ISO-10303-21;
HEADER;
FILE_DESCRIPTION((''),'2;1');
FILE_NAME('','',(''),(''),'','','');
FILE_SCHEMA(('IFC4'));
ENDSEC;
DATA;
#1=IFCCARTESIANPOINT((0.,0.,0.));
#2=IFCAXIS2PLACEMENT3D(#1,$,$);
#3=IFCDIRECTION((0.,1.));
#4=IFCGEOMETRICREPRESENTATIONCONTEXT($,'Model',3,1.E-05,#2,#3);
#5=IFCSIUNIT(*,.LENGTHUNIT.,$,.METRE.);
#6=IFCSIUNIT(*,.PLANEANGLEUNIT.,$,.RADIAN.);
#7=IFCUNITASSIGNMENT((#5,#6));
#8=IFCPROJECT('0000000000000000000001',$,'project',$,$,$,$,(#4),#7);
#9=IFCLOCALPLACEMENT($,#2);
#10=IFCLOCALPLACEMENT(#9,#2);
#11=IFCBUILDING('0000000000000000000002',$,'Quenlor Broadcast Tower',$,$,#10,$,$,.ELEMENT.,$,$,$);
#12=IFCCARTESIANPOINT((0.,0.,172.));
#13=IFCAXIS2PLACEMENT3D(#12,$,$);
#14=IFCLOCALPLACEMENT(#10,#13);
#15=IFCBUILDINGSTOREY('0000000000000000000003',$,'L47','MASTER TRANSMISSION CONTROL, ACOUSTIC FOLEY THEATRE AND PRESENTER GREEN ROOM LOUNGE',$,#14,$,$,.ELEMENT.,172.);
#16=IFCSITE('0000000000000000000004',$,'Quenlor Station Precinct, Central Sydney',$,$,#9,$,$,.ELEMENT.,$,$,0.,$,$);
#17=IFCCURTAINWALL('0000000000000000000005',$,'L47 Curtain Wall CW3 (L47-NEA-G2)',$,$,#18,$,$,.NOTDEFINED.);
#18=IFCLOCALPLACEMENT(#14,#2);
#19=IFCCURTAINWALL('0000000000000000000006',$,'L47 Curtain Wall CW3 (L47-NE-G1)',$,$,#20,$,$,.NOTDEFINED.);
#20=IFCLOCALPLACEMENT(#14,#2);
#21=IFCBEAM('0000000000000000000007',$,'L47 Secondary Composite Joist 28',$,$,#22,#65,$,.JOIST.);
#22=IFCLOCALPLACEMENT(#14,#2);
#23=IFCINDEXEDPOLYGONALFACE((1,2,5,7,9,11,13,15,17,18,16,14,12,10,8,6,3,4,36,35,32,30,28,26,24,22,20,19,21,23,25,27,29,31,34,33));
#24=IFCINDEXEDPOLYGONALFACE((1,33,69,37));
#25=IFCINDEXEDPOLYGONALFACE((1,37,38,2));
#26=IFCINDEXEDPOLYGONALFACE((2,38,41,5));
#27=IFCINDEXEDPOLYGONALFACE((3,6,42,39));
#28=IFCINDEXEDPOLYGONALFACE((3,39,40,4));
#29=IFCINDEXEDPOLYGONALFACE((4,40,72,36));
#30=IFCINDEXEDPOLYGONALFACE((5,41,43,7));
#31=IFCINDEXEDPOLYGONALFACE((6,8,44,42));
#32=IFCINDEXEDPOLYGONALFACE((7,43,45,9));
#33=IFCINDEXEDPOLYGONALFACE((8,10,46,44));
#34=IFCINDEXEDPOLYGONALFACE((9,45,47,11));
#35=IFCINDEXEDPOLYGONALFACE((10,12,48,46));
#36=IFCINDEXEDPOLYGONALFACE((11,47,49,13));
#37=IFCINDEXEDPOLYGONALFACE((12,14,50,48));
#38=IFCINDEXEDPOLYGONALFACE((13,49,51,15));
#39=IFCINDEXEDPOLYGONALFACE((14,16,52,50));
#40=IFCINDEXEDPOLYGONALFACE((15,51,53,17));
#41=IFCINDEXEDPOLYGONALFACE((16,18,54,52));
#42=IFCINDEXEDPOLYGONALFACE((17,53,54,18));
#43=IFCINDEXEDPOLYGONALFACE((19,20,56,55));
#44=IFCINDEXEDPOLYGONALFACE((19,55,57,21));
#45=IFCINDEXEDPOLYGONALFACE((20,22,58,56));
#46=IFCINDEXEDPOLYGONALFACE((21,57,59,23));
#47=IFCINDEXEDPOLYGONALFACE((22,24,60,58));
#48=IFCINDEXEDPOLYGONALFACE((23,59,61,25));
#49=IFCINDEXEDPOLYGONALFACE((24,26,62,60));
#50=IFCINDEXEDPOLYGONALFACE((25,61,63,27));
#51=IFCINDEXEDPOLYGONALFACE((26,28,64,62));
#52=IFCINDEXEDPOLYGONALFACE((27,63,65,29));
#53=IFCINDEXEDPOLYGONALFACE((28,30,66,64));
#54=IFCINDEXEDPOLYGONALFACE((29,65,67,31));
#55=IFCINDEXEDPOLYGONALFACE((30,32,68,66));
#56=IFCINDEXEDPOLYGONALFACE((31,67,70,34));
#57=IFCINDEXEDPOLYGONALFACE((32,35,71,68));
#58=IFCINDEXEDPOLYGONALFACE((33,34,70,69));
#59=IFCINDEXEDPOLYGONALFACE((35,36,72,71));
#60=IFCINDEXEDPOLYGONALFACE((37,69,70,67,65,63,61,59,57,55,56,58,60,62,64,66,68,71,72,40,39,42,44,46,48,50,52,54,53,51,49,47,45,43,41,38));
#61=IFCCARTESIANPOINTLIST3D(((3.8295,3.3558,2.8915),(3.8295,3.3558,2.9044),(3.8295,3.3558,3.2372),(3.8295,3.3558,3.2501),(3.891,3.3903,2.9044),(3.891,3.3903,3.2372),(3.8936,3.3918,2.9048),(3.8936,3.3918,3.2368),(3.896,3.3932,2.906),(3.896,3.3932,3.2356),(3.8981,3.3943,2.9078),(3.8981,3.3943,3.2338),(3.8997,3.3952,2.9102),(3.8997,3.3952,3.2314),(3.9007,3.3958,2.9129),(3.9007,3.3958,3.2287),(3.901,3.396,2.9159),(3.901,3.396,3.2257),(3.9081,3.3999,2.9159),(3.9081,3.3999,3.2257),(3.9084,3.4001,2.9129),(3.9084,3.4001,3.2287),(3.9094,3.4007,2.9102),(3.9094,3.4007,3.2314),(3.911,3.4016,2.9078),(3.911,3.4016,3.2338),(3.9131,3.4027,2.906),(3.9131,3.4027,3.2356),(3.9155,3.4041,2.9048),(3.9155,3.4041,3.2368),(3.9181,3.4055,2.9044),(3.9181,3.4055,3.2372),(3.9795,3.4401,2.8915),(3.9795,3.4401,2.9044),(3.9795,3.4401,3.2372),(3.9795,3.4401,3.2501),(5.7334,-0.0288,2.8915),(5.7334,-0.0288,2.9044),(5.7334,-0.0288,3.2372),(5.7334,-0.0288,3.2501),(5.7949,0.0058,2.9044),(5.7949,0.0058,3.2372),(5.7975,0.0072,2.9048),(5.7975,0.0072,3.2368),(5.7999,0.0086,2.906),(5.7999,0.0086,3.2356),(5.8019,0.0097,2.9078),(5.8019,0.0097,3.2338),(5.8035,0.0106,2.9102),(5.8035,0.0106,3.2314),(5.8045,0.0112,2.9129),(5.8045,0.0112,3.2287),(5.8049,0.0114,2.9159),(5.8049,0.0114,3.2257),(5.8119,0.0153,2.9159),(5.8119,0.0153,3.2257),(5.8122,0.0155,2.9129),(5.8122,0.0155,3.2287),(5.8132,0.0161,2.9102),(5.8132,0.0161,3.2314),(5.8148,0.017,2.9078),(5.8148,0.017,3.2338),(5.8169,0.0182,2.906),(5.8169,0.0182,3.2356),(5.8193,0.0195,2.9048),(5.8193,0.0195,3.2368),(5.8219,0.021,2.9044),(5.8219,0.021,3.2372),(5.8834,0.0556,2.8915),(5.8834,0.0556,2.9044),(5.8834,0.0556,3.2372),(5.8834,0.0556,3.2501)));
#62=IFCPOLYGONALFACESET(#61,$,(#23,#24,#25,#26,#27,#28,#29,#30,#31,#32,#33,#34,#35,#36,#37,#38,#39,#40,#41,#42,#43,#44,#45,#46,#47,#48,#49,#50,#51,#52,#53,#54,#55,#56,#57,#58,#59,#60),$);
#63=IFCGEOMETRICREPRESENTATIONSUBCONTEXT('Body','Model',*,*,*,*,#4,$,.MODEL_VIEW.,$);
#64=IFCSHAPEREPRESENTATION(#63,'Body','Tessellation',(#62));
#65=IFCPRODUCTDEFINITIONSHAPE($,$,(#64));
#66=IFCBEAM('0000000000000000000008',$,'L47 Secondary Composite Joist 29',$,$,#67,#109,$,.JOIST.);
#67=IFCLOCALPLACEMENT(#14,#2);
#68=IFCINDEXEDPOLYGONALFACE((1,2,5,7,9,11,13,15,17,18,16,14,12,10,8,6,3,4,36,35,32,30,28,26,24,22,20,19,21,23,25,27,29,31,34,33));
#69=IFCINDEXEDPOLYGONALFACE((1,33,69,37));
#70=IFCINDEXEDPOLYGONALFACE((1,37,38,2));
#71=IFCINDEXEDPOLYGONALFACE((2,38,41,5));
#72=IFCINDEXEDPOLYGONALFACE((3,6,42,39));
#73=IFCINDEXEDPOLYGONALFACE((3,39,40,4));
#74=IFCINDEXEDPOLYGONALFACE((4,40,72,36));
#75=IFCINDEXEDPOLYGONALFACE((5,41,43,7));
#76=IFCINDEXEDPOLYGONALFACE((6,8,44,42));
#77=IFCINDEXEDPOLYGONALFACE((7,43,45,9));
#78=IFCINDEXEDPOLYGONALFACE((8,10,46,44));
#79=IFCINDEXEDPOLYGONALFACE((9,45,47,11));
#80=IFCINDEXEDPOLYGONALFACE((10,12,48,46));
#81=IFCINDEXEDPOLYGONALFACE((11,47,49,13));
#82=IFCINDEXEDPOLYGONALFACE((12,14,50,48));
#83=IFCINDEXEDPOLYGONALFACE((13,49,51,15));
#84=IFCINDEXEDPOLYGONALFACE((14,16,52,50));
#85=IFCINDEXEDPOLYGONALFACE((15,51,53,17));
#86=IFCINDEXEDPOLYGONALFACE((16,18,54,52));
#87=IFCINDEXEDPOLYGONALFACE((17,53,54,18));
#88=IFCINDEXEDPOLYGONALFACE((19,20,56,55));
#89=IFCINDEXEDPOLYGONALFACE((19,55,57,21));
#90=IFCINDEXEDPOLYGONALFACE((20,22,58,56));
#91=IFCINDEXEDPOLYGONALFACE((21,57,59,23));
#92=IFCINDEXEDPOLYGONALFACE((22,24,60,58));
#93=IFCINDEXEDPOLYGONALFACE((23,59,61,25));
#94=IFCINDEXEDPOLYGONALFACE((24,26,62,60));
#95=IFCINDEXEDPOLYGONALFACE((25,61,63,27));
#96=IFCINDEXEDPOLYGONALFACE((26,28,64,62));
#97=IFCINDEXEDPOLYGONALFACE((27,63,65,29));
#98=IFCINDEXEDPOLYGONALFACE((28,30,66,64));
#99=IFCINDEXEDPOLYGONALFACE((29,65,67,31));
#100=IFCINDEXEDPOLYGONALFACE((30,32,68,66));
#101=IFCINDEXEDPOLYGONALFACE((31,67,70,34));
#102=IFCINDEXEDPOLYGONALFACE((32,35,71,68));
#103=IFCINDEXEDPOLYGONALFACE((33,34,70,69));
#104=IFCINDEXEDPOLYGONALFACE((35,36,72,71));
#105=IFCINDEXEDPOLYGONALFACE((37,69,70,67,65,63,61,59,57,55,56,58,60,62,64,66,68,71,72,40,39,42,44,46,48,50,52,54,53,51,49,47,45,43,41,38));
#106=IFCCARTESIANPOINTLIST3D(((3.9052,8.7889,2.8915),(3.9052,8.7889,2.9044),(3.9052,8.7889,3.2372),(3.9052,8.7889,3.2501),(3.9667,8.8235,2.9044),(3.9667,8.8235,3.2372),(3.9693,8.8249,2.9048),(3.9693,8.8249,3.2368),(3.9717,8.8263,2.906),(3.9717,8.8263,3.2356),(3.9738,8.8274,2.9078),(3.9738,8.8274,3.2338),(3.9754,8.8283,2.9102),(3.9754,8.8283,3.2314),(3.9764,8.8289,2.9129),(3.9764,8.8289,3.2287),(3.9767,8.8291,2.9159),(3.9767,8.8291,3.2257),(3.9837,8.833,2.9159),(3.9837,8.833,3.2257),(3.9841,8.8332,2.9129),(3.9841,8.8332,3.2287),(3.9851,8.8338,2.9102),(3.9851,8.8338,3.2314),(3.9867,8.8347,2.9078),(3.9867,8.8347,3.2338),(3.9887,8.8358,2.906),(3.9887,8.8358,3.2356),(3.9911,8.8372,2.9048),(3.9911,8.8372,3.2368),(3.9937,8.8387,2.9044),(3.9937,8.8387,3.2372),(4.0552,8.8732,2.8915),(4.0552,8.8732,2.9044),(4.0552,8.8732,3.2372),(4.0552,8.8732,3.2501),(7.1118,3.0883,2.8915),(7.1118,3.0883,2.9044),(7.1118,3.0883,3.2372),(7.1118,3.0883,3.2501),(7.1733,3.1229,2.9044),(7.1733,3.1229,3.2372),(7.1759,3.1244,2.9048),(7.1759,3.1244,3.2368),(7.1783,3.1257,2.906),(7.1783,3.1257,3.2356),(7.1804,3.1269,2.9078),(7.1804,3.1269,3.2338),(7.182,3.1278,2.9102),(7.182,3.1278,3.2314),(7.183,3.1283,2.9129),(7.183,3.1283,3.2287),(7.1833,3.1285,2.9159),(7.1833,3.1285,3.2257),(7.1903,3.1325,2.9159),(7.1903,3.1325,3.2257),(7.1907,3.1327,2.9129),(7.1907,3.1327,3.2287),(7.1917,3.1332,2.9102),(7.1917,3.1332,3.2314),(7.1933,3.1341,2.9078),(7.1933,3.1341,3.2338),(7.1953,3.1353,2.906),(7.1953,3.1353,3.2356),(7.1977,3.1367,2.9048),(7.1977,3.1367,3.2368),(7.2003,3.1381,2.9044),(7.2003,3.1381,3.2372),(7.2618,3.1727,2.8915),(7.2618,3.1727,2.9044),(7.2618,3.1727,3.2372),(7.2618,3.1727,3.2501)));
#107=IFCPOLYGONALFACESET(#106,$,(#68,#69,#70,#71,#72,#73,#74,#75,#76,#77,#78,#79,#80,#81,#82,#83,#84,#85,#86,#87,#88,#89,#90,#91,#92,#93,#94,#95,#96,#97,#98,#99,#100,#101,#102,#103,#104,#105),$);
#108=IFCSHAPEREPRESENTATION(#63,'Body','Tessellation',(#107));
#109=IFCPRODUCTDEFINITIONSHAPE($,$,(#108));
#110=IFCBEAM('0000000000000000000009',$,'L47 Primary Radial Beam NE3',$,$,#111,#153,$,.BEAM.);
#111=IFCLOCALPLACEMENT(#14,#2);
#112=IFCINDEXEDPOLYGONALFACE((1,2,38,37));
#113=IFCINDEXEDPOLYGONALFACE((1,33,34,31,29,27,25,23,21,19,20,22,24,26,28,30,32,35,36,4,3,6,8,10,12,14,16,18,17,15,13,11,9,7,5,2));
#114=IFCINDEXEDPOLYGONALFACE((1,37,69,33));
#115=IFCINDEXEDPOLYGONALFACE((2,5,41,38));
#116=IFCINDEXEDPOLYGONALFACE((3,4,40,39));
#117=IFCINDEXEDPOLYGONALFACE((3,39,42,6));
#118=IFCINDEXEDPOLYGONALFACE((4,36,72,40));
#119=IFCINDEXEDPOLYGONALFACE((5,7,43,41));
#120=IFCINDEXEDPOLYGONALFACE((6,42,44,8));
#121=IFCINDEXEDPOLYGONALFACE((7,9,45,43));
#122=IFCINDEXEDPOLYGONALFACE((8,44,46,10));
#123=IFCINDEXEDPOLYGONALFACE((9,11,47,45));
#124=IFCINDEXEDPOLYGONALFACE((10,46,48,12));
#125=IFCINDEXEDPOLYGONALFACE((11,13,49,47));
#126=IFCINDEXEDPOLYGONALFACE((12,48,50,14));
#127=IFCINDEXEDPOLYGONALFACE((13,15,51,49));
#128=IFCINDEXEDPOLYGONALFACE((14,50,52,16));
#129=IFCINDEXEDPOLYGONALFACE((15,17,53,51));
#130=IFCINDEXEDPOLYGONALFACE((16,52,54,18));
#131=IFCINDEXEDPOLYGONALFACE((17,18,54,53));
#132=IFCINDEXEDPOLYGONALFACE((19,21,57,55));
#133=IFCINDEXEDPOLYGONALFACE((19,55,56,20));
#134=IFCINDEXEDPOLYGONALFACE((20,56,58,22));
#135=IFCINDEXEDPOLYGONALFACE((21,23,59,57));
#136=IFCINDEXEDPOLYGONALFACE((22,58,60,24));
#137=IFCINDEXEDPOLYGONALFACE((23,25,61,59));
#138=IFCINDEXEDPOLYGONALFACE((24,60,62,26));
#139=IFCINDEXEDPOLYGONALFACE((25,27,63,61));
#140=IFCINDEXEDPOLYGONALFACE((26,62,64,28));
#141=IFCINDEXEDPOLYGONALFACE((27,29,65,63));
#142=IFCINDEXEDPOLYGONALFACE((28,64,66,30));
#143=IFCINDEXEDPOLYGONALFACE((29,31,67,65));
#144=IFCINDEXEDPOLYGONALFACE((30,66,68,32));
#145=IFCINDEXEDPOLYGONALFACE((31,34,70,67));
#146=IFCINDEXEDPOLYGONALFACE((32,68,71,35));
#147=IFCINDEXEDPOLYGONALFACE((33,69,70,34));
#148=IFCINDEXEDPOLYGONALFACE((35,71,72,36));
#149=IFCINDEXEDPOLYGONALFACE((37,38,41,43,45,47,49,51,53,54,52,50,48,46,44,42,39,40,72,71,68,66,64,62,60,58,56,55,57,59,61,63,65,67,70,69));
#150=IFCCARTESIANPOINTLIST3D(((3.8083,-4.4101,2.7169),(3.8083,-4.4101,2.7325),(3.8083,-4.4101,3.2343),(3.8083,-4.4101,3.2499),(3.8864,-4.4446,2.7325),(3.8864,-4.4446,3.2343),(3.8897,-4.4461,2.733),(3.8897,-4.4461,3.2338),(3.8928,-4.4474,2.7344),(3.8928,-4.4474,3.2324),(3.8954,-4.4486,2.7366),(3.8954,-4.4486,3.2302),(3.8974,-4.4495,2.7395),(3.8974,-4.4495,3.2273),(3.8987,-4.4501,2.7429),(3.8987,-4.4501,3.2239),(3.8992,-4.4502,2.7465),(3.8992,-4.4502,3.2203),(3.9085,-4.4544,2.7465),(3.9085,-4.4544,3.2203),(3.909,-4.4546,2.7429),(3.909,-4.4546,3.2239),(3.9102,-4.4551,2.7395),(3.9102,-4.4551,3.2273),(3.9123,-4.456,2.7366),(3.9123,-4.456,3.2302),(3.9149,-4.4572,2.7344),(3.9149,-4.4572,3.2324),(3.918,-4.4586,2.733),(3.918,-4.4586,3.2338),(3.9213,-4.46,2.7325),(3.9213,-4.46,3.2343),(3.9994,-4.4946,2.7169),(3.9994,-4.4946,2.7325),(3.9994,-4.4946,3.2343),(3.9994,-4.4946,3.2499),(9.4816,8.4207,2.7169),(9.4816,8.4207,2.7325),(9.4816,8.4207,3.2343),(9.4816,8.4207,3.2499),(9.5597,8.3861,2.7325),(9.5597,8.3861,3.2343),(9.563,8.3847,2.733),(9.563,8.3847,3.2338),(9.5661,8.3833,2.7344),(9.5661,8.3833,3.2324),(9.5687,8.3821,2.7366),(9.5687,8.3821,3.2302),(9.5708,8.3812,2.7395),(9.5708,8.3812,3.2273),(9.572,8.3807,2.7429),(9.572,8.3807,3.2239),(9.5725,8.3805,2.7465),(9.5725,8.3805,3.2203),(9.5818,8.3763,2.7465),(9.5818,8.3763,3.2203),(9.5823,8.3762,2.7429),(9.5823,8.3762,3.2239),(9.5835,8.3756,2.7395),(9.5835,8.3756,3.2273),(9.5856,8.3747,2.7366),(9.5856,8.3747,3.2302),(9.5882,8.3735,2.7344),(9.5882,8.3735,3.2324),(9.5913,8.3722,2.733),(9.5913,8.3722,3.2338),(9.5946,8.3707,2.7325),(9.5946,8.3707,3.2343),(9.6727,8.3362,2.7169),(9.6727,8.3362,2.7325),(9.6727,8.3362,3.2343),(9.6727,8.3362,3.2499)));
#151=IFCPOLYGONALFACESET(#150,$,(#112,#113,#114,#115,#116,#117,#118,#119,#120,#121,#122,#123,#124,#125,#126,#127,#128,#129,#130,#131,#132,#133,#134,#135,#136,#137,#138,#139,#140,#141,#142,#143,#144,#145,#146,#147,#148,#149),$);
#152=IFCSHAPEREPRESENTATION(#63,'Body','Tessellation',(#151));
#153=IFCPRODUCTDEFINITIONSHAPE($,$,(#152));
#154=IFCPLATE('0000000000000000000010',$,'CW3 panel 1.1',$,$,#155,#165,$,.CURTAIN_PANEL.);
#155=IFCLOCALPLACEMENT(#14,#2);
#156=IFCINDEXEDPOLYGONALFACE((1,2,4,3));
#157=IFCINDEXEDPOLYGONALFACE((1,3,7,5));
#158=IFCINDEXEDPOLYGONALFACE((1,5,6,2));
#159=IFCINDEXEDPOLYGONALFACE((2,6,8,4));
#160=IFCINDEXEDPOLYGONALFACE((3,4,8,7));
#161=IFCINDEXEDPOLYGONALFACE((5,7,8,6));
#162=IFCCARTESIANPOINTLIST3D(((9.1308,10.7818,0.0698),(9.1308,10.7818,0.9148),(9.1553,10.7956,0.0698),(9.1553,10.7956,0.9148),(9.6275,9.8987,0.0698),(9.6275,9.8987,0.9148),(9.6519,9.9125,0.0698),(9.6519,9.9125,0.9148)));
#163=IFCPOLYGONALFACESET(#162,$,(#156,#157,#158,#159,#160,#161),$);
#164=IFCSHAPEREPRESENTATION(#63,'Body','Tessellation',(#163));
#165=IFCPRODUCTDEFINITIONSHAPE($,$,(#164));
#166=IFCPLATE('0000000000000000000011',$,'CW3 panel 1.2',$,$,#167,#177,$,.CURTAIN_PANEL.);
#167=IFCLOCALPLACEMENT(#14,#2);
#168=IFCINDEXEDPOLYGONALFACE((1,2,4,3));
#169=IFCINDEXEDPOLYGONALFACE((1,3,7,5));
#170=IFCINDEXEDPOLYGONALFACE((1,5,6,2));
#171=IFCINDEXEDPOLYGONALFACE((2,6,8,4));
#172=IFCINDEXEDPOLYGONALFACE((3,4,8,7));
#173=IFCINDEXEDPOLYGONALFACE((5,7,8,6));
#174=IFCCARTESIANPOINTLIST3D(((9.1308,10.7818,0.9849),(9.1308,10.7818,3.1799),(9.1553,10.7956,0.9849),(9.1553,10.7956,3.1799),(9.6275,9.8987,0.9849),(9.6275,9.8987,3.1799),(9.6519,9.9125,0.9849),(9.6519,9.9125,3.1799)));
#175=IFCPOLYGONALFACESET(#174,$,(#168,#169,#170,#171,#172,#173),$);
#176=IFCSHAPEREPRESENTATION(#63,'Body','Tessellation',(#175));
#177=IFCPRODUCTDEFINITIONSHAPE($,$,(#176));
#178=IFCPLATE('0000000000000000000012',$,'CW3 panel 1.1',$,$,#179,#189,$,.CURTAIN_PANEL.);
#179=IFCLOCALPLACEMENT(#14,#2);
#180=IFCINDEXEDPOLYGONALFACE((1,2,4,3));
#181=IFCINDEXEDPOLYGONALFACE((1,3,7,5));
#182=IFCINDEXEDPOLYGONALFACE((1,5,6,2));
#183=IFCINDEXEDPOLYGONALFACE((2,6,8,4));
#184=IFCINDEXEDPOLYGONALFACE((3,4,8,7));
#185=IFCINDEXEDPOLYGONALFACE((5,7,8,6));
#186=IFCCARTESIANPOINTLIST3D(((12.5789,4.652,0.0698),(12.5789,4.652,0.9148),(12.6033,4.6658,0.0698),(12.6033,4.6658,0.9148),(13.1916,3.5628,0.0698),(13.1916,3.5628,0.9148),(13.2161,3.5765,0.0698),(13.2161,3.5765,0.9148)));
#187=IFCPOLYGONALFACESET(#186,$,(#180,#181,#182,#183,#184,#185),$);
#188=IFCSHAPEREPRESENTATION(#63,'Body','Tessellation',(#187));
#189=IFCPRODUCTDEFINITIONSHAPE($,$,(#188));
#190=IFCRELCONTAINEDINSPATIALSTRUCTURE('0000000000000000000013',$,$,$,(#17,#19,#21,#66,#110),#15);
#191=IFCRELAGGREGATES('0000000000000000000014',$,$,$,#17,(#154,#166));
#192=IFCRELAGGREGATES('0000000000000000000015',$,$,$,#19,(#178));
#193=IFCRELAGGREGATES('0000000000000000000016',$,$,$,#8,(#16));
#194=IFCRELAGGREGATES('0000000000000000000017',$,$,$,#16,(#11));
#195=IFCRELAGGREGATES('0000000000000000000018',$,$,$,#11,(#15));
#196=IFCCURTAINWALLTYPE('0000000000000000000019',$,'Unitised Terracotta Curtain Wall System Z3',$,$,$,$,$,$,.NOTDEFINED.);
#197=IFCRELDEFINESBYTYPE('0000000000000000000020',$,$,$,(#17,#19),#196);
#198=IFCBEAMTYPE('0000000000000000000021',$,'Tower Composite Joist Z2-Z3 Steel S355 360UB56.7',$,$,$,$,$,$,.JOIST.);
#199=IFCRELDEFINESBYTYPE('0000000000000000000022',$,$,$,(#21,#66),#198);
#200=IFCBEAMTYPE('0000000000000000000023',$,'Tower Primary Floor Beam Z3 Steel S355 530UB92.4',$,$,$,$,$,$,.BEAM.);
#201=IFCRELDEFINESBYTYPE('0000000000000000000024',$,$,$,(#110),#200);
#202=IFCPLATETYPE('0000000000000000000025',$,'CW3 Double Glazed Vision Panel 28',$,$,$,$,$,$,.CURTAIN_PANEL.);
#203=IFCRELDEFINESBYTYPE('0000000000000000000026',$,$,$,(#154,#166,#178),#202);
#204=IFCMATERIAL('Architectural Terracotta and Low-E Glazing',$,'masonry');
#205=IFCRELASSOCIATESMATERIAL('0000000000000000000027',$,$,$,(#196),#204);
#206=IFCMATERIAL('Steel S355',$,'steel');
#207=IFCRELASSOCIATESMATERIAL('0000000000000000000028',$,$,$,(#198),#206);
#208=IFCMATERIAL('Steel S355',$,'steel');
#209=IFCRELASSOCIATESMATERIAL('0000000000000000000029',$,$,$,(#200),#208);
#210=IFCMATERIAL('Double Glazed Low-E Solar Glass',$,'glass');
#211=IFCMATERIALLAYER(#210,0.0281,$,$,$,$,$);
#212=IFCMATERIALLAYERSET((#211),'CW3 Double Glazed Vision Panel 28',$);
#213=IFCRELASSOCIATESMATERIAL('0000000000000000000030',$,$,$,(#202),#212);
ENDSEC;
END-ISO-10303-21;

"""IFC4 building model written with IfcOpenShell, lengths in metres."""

from ifc_helpers import new_model, si_unit, direction, frame, origin, origin_2d, place, context, subcontext, project, spatial, rectangle, i_section, extrude, material, layer, layer_set, material_profile, profile_set, type_object, element, aggregate, save


model = new_model("IFC4")

# Units and contexts
model_context = context("Model", 3, precision=1e-05, world=origin(), true_north=direction((0.0, 1.0)))
body_context = subcontext(model_context, "Body", "Model", "MODEL_VIEW")
ifc_project = project(units=[si_unit("LENGTHUNIT", "METRE"), si_unit("PLANEANGLEUNIT", "RADIAN")], contexts=[model_context])

# Site, building, storey
site_placement = place(None, origin())
site = spatial("IfcSite", under=ifc_project, at=site_placement, Name="Quenlor Station Precinct, Central Sydney", CompositionType="ELEMENT", RefElevation=0.0)
building_placement = place(site_placement, origin())
building = spatial("IfcBuilding", under=site, at=building_placement, Name="Quenlor Broadcast Tower", CompositionType="ELEMENT")
storey_placement = place(building_placement, frame((0.0, 0.0, 172.0)))
storey = spatial("IfcBuildingStorey", under=building, at=storey_placement, Name="L47", Description="MASTER TRANSMISSION CONTROL, ACOUSTIC FOLEY THEATRE AND PRESENTER GREEN ROOM LOUNGE", CompositionType="ELEMENT", Elevation=172.0)

# Curtain wall
ifc_material_1 = material(Name="Architectural Terracotta and Low-E Glazing", Category="masonry")
curtain_wall_type = type_object("IfcCurtainWallType", Name="Unitised Terracotta Curtain Wall System Z3", PredefinedType="NOTDEFINED", material=ifc_material_1)
curtain_wall_1_placement = place(storey_placement, origin())
curtain_wall_1 = element("IfcCurtainWall", 1, at=curtain_wall_1_placement, inside=storey, type_object=curtain_wall_type, Name="L47 Curtain Wall CW3 (L47-NEA-G2)", PredefinedType="NOTDEFINED")

# Curtain wall
curtain_wall_2_placement = place(storey_placement, origin())
curtain_wall_2 = element("IfcCurtainWall", 2, at=curtain_wall_2_placement, inside=storey, type_object=curtain_wall_type, Name="L47 Curtain Wall CW3 (L47-NE-G1)", PredefinedType="NOTDEFINED")

# Beams
ifc_material_2 = material(Name="Steel S355", Category="steel")
ifc_material_profile_1 = material_profile(ifc_material_2, i_section(OverallWidth=0.1721, OverallDepth=0.3586, WebThickness=0.0081, FlangeThickness=0.0129, FilletRadius=0.0115, at=origin_2d()))
ifc_profile_set_1 = profile_set([ifc_material_profile_1], Name="Steel S355 360UB56.7")
beam_type_1 = type_object("IfcBeamType", Name="Tower Composite Joist Z2-Z3 Steel S355 360UB56.7", PredefinedType="JOIST", material=ifc_profile_set_1)
beam_1_placement = place(storey_placement, frame((3.9045, 3.3979, 3.0708), z_axis=(0.490264, -0.871574, 0.0), x_axis=(0.871574, 0.490264, 0.0)))
element("IfcBeam", 3, at=beam_1_placement, inside=storey, type_object=beam_type_1, Name="L47 Secondary Composite Joist 28", PredefinedType="JOIST", context=body_context, shape_type="SweptSolid", body=[
    extrude(i_section(OverallWidth=0.1721, OverallDepth=0.3586, WebThickness=0.0081, FlangeThickness=0.0129, FilletRadius=0.0115, at=origin_2d()), origin(), (0.0, 0.0, 1.0), 3.8833),
])
beam_2_placement = place(storey_placement, frame((3.9802, 8.8311, 3.0708), z_axis=(0.490267, -0.871573, 0.0), x_axis=(0.871573, 0.490267, 0.0)))
element("IfcBeam", 4, at=beam_2_placement, inside=storey, type_object=beam_type_1, Name="L47 Secondary Composite Joist 29", PredefinedType="JOIST", context=body_context, shape_type="SweptSolid", body=[
    extrude(i_section(OverallWidth=0.1721, OverallDepth=0.3586, WebThickness=0.0081, FlangeThickness=0.0129, FilletRadius=0.0115, at=origin_2d()), origin(), (0.0, 0.0, 1.0), 6.5405),
])
ifc_material_3 = material(Name="Steel S355", Category="steel")
ifc_material_profile_2 = material_profile(ifc_material_3, i_section(OverallWidth=0.209, OverallDepth=0.533, WebThickness=0.0103, FlangeThickness=0.0156, FilletRadius=0.0139, at=origin_2d()))
ifc_profile_set_2 = profile_set([ifc_material_profile_2], Name="Steel S355 530UB92.4")
beam_type_2 = type_object("IfcBeamType", Name="Tower Primary Floor Beam Z3 Steel S355 530UB92.4", PredefinedType="BEAM", material=ifc_profile_set_2)
beam_3_placement = place(storey_placement, frame((9.5771, 8.3784, 2.9834), z_axis=(-0.404397, -0.914583, 0.0), x_axis=(0.914583, -0.404397, 0.0)))
element("IfcBeam", 5, at=beam_3_placement, inside=storey, type_object=beam_type_2, Name="L47 Primary Radial Beam NE3", PredefinedType="BEAM", context=body_context, shape_type="SweptSolid", body=[
    extrude(i_section(OverallWidth=0.209, OverallDepth=0.533, WebThickness=0.0103, FlangeThickness=0.0156, FilletRadius=0.0139, at=origin_2d()), origin(), (0.0, 0.0, 1.0), 14.0291),
])

# Plates
ifc_material_4 = material(Name="Double Glazed Low-E Solar Glass", Category="glass")
ifc_layer_1 = layer(ifc_material_4, 0.0281)
ifc_layer_set_1 = layer_set([ifc_layer_1], Name="CW3 Double Glazed Vision Panel 28")
plate_type_1 = type_object("IfcPlateType", Name="CW3 Double Glazed Vision Panel 28", PredefinedType="CURTAIN_PANEL", material=ifc_layer_set_1)
plate_1_placement = place(storey_placement, frame((9.3914, 10.3472, 0.0698), z_axis=(0.0, 0.0, 1.0), x_axis=(0.490216, -0.871601, 0.0)))
plate_1 = element("IfcPlate", 6, at=plate_1_placement, type_object=plate_type_1, Name="CW3 panel 1.1", PredefinedType="CURTAIN_PANEL", context=body_context, shape_type="SweptSolid", body=[
    extrude(rectangle(XDim=1.0132, YDim=0.0281, at=origin_2d()), origin(), (0.0, 0.0, 1.0), 0.845),
])
plate_2_placement = place(storey_placement, frame((9.3914, 10.3472, 0.9849), z_axis=(0.0, 0.0, 1.0), x_axis=(0.490216, -0.871601, 0.0)))
plate_2 = element("IfcPlate", 7, at=plate_2_placement, type_object=plate_type_1, Name="CW3 panel 1.2", PredefinedType="CURTAIN_PANEL", context=body_context, shape_type="SweptSolid", body=[
    extrude(rectangle(XDim=1.0132, YDim=0.0281, at=origin_2d()), origin(), (0.0, 0.0, 1.0), 2.1951),
])
aggregate(curtain_wall_1, [plate_1, plate_2])
plate_3_placement = place(storey_placement, frame((12.8975, 4.1143, 0.0698), z_axis=(0.0, 0.0, 1.0), x_axis=(0.490285, -0.871562, 0.0)))
plate_3 = element("IfcPlate", 8, at=plate_3_placement, type_object=plate_type_1, Name="CW3 panel 1.1", PredefinedType="CURTAIN_PANEL", context=body_context, shape_type="SweptSolid", body=[
    extrude(rectangle(XDim=1.2498, YDim=0.0281, at=origin_2d()), origin(), (0.0, 0.0, 1.0), 0.845),
])
aggregate(curtain_wall_2, [plate_3])

save(model, "model.ifc")
